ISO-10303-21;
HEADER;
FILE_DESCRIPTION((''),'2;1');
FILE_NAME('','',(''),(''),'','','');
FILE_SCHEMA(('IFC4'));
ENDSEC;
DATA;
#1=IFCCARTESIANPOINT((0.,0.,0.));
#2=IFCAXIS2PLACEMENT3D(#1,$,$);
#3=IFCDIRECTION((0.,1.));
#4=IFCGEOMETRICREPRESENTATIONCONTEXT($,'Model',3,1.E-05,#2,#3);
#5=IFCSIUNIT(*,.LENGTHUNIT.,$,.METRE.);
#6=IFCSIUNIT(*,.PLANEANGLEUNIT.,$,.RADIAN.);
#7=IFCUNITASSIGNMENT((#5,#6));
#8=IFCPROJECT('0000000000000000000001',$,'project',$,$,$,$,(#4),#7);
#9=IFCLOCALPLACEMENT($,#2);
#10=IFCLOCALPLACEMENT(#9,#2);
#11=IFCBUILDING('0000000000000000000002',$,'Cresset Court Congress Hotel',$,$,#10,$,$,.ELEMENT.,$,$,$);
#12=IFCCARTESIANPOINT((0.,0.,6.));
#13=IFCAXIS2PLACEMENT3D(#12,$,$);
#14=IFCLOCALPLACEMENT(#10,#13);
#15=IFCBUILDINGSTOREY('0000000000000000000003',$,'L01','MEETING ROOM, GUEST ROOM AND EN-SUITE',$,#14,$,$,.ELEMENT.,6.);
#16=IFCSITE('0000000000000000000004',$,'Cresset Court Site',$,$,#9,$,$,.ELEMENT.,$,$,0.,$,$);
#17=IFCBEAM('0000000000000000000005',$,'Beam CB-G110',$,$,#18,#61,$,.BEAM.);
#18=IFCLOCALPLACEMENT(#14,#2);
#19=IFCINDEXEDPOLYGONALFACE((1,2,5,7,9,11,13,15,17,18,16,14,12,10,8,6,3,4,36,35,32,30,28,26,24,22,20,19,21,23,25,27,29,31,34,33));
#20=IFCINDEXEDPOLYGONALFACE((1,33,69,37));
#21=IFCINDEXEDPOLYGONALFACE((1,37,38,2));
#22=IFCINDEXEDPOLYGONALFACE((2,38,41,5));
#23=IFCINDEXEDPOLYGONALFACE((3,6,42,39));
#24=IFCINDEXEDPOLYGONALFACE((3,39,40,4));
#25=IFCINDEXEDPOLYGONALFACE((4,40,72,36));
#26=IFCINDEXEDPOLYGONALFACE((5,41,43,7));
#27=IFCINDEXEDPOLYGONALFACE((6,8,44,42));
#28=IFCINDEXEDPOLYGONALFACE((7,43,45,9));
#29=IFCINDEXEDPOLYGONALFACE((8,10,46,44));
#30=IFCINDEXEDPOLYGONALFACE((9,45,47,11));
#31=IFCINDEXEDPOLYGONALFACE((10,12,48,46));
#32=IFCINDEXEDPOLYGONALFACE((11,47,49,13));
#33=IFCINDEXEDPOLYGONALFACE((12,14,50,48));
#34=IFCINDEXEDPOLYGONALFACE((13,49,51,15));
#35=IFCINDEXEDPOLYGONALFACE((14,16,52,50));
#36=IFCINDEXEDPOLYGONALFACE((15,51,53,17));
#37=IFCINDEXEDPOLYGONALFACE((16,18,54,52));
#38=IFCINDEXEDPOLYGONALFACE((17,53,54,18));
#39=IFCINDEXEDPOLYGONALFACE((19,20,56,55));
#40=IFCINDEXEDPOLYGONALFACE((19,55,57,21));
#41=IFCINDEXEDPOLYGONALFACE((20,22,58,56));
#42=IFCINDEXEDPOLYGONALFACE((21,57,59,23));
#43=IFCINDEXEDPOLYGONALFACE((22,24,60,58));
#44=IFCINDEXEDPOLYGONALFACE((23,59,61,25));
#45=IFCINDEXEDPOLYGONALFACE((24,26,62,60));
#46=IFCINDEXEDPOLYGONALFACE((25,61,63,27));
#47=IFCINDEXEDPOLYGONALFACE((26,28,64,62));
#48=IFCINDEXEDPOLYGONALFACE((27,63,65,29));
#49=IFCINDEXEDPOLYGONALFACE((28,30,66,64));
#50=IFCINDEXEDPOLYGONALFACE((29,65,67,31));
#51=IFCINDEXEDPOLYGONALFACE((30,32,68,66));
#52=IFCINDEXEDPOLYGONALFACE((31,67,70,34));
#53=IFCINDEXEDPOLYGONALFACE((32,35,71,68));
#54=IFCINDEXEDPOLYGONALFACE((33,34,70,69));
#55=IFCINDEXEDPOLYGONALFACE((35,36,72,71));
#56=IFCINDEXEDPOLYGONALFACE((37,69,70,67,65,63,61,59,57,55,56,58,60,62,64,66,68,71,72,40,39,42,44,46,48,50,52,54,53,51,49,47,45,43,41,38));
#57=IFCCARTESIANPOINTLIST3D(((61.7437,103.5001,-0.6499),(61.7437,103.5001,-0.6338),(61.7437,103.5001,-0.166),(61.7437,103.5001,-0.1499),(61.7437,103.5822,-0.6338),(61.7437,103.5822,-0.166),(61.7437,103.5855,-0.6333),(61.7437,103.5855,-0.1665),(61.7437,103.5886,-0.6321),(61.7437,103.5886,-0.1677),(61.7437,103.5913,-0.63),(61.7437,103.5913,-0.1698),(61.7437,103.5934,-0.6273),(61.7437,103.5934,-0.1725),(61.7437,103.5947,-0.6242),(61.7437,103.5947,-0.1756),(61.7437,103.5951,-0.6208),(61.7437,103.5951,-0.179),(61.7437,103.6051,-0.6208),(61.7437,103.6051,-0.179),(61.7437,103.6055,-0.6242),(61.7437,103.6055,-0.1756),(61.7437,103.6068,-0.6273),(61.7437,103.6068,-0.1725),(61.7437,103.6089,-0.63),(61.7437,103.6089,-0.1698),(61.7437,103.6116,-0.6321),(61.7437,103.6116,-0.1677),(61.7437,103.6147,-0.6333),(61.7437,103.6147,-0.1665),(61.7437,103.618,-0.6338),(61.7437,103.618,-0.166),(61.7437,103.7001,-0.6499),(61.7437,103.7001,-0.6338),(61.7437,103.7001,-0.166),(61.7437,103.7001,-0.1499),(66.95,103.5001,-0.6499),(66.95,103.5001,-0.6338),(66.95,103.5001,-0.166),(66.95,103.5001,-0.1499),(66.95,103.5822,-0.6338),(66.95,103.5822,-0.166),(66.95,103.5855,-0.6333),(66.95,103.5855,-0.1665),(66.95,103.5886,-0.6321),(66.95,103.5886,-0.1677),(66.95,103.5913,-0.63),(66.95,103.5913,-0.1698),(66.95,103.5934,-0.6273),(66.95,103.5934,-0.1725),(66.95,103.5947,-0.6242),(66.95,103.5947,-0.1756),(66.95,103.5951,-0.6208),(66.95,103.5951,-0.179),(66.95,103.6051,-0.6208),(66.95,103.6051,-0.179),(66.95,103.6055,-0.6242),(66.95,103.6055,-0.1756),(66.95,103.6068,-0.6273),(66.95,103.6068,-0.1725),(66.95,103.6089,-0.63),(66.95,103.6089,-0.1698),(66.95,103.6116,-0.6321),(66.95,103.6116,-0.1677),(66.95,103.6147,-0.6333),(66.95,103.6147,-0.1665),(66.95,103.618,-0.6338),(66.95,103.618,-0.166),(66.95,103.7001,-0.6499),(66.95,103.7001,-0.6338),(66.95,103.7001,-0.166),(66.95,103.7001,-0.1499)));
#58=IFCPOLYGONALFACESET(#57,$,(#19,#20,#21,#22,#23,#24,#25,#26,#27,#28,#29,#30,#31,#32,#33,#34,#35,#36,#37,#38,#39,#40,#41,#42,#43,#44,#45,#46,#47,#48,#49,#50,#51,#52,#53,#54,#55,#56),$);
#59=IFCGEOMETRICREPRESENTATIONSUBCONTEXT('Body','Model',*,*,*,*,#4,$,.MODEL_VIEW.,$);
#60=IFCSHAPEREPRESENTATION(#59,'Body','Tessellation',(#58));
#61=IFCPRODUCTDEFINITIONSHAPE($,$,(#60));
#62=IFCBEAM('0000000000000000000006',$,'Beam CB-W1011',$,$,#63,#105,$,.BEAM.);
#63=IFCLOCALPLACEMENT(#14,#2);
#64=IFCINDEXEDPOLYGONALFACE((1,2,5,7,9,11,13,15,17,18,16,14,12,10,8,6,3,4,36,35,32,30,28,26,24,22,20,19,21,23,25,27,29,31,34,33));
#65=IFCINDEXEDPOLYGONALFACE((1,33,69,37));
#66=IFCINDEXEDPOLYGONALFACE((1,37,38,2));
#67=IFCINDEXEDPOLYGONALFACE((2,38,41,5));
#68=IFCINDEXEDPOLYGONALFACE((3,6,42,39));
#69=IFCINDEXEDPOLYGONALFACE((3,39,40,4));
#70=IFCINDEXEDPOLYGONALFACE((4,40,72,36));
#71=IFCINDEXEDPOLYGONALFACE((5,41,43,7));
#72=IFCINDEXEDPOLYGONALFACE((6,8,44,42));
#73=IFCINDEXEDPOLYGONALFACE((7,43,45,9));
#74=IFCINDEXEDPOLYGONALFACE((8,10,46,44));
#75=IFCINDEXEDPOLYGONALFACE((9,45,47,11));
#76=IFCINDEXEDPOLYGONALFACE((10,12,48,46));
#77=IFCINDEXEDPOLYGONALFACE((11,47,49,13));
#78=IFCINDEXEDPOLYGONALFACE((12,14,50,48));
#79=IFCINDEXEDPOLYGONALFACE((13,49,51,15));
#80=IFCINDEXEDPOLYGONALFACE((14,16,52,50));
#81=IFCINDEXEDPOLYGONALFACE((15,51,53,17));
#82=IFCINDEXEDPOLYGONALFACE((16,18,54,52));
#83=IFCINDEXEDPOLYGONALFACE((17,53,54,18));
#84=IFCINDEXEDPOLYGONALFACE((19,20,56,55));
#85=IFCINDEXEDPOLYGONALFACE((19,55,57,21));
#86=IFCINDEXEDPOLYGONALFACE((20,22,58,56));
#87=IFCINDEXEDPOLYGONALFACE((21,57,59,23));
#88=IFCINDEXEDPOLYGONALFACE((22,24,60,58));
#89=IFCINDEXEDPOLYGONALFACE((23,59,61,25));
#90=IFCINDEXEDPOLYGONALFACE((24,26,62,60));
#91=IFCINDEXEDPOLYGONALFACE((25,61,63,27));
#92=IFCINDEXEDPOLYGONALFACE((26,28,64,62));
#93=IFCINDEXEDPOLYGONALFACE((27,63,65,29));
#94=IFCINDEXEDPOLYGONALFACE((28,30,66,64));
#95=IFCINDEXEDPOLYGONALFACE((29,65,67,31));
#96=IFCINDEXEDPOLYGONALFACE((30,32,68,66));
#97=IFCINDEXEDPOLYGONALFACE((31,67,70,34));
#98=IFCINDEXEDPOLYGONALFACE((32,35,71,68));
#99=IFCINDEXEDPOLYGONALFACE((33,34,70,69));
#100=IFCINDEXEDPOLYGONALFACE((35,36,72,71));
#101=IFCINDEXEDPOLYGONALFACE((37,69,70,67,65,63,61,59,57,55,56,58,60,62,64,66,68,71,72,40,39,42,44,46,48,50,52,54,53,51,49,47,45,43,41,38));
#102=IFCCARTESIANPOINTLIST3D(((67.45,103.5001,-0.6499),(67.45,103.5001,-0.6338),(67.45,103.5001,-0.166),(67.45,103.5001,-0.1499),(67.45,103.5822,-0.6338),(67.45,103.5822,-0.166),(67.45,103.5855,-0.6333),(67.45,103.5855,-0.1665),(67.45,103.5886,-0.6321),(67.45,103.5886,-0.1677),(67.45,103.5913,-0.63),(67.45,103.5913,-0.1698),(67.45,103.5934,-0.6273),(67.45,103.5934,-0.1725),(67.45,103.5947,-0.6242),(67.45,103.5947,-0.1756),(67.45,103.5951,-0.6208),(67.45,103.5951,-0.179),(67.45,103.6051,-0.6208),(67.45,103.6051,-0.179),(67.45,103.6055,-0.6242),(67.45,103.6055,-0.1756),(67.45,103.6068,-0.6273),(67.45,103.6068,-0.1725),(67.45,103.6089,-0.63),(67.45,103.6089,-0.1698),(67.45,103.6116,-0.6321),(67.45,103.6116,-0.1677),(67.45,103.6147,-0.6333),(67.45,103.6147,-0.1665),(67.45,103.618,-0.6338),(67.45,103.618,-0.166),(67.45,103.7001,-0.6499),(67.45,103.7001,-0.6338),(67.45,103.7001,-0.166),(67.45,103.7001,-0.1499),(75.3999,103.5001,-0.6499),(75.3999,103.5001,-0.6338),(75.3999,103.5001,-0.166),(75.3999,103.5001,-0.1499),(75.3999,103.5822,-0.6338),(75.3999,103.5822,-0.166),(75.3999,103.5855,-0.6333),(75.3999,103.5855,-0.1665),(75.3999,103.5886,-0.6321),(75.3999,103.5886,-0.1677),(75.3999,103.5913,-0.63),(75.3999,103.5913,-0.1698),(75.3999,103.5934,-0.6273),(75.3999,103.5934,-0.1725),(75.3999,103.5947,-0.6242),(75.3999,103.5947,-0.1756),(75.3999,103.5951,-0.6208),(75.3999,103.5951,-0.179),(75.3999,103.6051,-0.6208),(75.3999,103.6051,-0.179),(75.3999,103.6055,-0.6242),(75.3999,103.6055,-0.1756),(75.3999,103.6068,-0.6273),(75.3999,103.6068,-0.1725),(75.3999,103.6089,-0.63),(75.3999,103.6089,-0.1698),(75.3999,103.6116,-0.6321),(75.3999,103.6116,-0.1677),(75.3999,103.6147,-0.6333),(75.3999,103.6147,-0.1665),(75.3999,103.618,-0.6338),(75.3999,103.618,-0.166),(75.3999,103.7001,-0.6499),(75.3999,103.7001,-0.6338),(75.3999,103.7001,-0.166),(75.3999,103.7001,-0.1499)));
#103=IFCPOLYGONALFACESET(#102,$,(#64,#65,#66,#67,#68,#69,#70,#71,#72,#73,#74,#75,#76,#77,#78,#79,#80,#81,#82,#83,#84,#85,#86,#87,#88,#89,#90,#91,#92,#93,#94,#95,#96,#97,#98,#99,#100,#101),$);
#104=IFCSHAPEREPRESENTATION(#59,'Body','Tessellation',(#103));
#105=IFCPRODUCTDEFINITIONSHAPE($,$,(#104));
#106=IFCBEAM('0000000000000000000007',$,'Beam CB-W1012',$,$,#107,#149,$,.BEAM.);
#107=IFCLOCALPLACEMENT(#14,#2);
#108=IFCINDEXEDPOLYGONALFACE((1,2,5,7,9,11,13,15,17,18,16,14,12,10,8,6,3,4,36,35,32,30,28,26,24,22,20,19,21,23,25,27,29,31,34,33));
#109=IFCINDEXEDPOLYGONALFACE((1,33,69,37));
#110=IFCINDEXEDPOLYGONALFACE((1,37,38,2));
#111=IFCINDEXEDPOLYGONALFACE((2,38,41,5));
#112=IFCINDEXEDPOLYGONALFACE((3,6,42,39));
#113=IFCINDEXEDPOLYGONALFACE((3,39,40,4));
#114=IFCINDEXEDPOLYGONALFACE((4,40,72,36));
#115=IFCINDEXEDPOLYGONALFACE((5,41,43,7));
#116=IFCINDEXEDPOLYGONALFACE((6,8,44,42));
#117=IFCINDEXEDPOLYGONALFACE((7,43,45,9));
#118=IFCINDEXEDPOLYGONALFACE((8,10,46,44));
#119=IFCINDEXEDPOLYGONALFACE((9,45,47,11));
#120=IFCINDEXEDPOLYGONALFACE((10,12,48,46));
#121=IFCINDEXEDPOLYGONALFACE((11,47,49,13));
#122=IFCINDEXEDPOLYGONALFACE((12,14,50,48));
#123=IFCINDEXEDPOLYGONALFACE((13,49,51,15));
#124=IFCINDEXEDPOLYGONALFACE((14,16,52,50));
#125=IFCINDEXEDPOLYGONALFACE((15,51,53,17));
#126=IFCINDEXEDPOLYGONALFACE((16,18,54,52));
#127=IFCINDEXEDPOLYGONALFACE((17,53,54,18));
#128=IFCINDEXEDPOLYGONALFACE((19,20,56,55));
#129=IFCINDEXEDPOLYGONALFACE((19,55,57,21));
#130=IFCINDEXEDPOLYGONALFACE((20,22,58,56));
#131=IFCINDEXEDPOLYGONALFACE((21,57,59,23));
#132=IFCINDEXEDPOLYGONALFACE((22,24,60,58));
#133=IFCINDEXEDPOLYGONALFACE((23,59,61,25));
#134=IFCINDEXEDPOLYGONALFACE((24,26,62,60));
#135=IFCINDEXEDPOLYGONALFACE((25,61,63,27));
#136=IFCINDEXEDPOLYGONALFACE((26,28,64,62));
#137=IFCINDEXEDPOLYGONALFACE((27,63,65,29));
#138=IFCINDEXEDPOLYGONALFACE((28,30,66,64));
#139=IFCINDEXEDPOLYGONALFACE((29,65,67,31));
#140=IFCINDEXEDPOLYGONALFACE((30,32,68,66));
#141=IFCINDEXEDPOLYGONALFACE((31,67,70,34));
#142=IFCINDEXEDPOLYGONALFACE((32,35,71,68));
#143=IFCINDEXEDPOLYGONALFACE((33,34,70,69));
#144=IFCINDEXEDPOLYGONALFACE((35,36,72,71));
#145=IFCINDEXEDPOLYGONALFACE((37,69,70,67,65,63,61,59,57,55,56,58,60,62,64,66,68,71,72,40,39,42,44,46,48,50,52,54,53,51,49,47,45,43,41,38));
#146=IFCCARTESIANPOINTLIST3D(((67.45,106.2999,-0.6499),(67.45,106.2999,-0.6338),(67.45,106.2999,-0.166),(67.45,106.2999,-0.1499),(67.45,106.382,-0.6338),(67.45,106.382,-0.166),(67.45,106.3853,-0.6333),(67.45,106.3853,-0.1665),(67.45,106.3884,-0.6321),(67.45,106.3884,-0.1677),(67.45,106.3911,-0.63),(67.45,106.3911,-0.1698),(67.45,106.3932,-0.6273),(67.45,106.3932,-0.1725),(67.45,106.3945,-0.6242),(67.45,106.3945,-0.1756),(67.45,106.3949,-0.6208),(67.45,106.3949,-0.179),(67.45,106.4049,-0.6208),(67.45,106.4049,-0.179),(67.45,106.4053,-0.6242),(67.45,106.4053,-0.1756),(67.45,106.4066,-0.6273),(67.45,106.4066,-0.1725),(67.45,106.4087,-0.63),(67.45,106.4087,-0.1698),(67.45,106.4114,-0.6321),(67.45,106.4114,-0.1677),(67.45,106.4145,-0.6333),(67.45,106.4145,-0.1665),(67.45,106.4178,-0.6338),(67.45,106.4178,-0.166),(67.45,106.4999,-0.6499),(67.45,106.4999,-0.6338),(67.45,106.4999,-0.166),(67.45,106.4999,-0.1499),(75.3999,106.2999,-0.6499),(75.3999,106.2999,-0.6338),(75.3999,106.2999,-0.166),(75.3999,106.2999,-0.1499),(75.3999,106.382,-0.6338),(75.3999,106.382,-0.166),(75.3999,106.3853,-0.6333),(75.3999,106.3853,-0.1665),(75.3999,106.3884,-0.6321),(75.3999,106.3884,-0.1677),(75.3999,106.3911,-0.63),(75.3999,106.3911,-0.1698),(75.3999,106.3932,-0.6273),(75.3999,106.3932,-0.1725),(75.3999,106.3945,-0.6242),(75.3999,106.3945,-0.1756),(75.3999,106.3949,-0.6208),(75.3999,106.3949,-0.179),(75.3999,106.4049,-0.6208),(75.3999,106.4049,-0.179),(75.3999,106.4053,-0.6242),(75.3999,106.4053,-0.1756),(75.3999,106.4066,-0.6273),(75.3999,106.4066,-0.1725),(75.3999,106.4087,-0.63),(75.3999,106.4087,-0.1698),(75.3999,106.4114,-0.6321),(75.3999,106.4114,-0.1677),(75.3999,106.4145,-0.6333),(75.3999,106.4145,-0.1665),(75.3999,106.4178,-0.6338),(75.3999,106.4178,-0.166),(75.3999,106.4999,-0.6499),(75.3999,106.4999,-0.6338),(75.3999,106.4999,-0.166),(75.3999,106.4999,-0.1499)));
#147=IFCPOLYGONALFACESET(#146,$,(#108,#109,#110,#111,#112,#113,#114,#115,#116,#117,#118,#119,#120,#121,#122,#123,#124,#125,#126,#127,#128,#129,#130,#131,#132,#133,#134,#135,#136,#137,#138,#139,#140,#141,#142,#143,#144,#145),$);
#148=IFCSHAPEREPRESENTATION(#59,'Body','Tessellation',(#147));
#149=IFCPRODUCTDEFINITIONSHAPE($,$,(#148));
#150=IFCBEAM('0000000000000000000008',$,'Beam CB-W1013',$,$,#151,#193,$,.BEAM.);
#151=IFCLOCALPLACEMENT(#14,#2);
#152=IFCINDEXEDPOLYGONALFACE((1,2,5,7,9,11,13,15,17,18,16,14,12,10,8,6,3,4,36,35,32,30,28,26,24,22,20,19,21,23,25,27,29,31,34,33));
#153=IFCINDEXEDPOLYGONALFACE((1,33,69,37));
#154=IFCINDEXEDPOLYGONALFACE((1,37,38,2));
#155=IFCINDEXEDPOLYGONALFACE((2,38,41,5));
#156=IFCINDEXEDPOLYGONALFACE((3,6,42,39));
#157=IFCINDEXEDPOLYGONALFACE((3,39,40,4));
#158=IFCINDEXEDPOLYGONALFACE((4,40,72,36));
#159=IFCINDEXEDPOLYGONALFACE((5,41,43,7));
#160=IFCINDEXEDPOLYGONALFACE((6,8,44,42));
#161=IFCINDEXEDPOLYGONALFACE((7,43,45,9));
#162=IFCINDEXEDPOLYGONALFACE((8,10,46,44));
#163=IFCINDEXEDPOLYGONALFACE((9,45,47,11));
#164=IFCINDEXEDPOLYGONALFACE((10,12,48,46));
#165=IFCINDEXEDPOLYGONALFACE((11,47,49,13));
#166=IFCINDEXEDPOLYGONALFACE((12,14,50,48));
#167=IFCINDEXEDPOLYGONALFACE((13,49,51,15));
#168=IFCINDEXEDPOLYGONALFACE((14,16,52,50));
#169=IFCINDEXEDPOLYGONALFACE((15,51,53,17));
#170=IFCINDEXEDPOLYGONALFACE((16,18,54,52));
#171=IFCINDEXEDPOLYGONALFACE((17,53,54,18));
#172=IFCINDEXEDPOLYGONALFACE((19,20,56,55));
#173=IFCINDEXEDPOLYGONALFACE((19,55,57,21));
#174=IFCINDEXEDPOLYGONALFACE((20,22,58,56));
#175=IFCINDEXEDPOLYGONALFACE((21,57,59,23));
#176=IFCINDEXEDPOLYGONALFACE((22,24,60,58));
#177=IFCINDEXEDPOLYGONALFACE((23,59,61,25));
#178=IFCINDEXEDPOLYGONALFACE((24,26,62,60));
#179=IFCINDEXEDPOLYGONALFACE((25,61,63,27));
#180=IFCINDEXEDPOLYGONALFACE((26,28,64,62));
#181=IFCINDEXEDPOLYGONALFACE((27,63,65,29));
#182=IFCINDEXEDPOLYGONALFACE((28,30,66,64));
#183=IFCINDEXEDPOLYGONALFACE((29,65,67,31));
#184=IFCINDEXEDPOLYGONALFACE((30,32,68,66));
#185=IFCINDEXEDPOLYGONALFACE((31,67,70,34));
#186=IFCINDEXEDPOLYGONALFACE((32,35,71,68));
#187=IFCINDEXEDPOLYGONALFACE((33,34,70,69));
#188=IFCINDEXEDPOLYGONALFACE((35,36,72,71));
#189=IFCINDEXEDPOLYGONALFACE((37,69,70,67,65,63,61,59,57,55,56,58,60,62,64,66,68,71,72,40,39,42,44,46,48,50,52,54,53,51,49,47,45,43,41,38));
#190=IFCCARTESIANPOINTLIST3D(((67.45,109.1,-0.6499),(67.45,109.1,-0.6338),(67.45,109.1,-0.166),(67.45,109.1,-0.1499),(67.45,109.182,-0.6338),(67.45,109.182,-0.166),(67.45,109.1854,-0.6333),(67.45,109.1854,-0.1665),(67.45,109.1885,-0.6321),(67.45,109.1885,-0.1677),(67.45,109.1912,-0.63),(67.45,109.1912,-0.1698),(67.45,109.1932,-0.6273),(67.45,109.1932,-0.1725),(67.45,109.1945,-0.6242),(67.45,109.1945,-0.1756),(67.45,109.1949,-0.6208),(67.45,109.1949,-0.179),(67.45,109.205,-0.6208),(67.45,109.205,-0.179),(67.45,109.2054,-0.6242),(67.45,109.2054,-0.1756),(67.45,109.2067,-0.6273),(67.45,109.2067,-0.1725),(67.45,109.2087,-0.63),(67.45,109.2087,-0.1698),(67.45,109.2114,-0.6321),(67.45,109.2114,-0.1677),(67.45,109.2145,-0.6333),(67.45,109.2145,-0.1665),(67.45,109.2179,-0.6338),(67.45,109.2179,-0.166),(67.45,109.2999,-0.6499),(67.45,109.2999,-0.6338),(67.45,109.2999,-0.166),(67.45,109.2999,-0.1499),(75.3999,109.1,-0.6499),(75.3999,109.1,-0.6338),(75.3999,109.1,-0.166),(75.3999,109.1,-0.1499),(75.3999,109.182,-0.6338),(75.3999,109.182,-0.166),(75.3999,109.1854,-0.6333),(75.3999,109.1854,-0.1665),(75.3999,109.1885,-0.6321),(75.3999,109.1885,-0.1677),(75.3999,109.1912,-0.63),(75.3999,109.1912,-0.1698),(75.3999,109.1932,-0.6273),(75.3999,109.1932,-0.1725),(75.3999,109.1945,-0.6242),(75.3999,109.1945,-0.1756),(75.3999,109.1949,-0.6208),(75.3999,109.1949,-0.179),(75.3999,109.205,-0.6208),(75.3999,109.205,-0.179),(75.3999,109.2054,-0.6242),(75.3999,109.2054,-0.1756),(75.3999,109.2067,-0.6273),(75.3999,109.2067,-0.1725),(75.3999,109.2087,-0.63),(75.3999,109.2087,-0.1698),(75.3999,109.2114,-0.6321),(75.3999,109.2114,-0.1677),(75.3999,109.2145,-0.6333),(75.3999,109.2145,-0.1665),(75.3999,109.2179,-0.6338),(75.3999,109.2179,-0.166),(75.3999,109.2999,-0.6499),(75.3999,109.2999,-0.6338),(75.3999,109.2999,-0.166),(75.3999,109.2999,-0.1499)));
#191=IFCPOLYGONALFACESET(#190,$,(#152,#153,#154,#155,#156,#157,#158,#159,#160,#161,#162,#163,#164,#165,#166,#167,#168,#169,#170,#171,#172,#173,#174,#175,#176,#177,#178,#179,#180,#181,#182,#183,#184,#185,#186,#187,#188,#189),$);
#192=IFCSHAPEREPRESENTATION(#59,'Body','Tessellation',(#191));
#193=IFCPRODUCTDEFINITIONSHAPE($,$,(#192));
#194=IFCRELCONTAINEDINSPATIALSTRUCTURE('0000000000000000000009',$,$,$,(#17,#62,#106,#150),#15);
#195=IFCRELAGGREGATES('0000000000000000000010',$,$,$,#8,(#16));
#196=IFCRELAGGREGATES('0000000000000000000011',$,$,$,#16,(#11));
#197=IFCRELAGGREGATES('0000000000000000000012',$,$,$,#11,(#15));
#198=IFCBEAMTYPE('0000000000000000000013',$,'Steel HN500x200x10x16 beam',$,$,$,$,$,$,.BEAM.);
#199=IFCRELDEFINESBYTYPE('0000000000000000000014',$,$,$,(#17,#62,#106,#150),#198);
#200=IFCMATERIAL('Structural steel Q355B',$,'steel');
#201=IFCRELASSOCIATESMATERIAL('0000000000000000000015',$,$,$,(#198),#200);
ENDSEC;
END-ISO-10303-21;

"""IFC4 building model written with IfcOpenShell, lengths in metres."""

from ifc_helpers import new_model, si_unit, direction, frame, origin, origin_2d, place, context, subcontext, project, spatial, i_section, extrude, material, material_profile, profile_set, type_object, element, save


model = new_model("IFC4")

# Units and contexts
model_context = context("Model", 3, precision=1e-05, world=origin(), true_north=direction((0.0, 1.0)))
body_context = subcontext(model_context, "Body", "Model", "MODEL_VIEW")
ifc_project = project(units=[si_unit("LENGTHUNIT", "METRE"), si_unit("PLANEANGLEUNIT", "RADIAN")], contexts=[model_context])

# Site, building, storey
site_placement = place(None, origin())
site = spatial("IfcSite", under=ifc_project, at=site_placement, Name="Cresset Court Site", CompositionType="ELEMENT", RefElevation=0.0)
building_placement = place(site_placement, origin())
building = spatial("IfcBuilding", under=site, at=building_placement, Name="Cresset Court Congress Hotel", CompositionType="ELEMENT")
storey_placement = place(building_placement, frame((0.0, 0.0, 6.0)))
storey = spatial("IfcBuildingStorey", under=building, at=storey_placement, Name="L01", Description="MEETING ROOM, GUEST ROOM AND EN-SUITE", CompositionType="ELEMENT", Elevation=6.0)

# Beams
ifc_material_1 = material(Name="Structural steel Q355B", Category="steel")
ifc_material_profile = material_profile(ifc_material_1, i_section(OverallWidth=0.2, OverallDepth=0.5, WebThickness=0.01, FlangeThickness=0.0161, FilletRadius=0.0129, at=origin_2d()), Name="HN500x200x10x16")
ifc_profile_set = profile_set([ifc_material_profile], Name="Structural steel Q355B")
beam_type = type_object("IfcBeamType", Name="Steel HN500x200x10x16 beam", PredefinedType="BEAM", material=ifc_profile_set)
beam_placement = place(storey_placement, frame((61.7437, 103.6001, -0.3999), z_axis=(1.0, 0.0, 0.0), x_axis=(0.0, 1.0, 0.0)))
element("IfcBeam", 1, at=beam_placement, inside=storey, type_object=beam_type, Name="Beam CB-G110", PredefinedType="BEAM", context=body_context, shape_type="SweptSolid", body=[
    extrude(i_section(OverallWidth=0.2, OverallDepth=0.5, WebThickness=0.01, FlangeThickness=0.0161, FilletRadius=0.0129, at=origin_2d()), origin(), (0.0, 0.0, 1.0), 5.2063),
])
for number, where, z_axis, x_axis, name in (
    (2, (67.45, 103.6001, -0.3999), (1.0, 0.0, 0.0), (0.0, 1.0, 0.0), "Beam CB-W1011"),
    (3, (67.45, 106.3999, -0.3999), (1.0, 0.0, 0.0), (0.0, 1.0, 0.0), "Beam CB-W1012"),
    (4, (67.45, 109.2, -0.3999), (1.0, 0.0, 0.0), (0.0, 1.0, 0.0), "Beam CB-W1013"),
):
    element("IfcBeam", number, at=place(storey_placement, frame(where, z_axis=z_axis, x_axis=x_axis)), inside=storey, type_object=beam_type, Name=name, PredefinedType="BEAM", context=body_context, shape_type="SweptSolid", body=[
        extrude(i_section(OverallWidth=0.2, OverallDepth=0.5, WebThickness=0.01, FlangeThickness=0.0161, FilletRadius=0.0129, at=origin_2d()), origin(), (0.0, 0.0, 1.0), 7.95),
    ])

save(model, "model.ifc")
